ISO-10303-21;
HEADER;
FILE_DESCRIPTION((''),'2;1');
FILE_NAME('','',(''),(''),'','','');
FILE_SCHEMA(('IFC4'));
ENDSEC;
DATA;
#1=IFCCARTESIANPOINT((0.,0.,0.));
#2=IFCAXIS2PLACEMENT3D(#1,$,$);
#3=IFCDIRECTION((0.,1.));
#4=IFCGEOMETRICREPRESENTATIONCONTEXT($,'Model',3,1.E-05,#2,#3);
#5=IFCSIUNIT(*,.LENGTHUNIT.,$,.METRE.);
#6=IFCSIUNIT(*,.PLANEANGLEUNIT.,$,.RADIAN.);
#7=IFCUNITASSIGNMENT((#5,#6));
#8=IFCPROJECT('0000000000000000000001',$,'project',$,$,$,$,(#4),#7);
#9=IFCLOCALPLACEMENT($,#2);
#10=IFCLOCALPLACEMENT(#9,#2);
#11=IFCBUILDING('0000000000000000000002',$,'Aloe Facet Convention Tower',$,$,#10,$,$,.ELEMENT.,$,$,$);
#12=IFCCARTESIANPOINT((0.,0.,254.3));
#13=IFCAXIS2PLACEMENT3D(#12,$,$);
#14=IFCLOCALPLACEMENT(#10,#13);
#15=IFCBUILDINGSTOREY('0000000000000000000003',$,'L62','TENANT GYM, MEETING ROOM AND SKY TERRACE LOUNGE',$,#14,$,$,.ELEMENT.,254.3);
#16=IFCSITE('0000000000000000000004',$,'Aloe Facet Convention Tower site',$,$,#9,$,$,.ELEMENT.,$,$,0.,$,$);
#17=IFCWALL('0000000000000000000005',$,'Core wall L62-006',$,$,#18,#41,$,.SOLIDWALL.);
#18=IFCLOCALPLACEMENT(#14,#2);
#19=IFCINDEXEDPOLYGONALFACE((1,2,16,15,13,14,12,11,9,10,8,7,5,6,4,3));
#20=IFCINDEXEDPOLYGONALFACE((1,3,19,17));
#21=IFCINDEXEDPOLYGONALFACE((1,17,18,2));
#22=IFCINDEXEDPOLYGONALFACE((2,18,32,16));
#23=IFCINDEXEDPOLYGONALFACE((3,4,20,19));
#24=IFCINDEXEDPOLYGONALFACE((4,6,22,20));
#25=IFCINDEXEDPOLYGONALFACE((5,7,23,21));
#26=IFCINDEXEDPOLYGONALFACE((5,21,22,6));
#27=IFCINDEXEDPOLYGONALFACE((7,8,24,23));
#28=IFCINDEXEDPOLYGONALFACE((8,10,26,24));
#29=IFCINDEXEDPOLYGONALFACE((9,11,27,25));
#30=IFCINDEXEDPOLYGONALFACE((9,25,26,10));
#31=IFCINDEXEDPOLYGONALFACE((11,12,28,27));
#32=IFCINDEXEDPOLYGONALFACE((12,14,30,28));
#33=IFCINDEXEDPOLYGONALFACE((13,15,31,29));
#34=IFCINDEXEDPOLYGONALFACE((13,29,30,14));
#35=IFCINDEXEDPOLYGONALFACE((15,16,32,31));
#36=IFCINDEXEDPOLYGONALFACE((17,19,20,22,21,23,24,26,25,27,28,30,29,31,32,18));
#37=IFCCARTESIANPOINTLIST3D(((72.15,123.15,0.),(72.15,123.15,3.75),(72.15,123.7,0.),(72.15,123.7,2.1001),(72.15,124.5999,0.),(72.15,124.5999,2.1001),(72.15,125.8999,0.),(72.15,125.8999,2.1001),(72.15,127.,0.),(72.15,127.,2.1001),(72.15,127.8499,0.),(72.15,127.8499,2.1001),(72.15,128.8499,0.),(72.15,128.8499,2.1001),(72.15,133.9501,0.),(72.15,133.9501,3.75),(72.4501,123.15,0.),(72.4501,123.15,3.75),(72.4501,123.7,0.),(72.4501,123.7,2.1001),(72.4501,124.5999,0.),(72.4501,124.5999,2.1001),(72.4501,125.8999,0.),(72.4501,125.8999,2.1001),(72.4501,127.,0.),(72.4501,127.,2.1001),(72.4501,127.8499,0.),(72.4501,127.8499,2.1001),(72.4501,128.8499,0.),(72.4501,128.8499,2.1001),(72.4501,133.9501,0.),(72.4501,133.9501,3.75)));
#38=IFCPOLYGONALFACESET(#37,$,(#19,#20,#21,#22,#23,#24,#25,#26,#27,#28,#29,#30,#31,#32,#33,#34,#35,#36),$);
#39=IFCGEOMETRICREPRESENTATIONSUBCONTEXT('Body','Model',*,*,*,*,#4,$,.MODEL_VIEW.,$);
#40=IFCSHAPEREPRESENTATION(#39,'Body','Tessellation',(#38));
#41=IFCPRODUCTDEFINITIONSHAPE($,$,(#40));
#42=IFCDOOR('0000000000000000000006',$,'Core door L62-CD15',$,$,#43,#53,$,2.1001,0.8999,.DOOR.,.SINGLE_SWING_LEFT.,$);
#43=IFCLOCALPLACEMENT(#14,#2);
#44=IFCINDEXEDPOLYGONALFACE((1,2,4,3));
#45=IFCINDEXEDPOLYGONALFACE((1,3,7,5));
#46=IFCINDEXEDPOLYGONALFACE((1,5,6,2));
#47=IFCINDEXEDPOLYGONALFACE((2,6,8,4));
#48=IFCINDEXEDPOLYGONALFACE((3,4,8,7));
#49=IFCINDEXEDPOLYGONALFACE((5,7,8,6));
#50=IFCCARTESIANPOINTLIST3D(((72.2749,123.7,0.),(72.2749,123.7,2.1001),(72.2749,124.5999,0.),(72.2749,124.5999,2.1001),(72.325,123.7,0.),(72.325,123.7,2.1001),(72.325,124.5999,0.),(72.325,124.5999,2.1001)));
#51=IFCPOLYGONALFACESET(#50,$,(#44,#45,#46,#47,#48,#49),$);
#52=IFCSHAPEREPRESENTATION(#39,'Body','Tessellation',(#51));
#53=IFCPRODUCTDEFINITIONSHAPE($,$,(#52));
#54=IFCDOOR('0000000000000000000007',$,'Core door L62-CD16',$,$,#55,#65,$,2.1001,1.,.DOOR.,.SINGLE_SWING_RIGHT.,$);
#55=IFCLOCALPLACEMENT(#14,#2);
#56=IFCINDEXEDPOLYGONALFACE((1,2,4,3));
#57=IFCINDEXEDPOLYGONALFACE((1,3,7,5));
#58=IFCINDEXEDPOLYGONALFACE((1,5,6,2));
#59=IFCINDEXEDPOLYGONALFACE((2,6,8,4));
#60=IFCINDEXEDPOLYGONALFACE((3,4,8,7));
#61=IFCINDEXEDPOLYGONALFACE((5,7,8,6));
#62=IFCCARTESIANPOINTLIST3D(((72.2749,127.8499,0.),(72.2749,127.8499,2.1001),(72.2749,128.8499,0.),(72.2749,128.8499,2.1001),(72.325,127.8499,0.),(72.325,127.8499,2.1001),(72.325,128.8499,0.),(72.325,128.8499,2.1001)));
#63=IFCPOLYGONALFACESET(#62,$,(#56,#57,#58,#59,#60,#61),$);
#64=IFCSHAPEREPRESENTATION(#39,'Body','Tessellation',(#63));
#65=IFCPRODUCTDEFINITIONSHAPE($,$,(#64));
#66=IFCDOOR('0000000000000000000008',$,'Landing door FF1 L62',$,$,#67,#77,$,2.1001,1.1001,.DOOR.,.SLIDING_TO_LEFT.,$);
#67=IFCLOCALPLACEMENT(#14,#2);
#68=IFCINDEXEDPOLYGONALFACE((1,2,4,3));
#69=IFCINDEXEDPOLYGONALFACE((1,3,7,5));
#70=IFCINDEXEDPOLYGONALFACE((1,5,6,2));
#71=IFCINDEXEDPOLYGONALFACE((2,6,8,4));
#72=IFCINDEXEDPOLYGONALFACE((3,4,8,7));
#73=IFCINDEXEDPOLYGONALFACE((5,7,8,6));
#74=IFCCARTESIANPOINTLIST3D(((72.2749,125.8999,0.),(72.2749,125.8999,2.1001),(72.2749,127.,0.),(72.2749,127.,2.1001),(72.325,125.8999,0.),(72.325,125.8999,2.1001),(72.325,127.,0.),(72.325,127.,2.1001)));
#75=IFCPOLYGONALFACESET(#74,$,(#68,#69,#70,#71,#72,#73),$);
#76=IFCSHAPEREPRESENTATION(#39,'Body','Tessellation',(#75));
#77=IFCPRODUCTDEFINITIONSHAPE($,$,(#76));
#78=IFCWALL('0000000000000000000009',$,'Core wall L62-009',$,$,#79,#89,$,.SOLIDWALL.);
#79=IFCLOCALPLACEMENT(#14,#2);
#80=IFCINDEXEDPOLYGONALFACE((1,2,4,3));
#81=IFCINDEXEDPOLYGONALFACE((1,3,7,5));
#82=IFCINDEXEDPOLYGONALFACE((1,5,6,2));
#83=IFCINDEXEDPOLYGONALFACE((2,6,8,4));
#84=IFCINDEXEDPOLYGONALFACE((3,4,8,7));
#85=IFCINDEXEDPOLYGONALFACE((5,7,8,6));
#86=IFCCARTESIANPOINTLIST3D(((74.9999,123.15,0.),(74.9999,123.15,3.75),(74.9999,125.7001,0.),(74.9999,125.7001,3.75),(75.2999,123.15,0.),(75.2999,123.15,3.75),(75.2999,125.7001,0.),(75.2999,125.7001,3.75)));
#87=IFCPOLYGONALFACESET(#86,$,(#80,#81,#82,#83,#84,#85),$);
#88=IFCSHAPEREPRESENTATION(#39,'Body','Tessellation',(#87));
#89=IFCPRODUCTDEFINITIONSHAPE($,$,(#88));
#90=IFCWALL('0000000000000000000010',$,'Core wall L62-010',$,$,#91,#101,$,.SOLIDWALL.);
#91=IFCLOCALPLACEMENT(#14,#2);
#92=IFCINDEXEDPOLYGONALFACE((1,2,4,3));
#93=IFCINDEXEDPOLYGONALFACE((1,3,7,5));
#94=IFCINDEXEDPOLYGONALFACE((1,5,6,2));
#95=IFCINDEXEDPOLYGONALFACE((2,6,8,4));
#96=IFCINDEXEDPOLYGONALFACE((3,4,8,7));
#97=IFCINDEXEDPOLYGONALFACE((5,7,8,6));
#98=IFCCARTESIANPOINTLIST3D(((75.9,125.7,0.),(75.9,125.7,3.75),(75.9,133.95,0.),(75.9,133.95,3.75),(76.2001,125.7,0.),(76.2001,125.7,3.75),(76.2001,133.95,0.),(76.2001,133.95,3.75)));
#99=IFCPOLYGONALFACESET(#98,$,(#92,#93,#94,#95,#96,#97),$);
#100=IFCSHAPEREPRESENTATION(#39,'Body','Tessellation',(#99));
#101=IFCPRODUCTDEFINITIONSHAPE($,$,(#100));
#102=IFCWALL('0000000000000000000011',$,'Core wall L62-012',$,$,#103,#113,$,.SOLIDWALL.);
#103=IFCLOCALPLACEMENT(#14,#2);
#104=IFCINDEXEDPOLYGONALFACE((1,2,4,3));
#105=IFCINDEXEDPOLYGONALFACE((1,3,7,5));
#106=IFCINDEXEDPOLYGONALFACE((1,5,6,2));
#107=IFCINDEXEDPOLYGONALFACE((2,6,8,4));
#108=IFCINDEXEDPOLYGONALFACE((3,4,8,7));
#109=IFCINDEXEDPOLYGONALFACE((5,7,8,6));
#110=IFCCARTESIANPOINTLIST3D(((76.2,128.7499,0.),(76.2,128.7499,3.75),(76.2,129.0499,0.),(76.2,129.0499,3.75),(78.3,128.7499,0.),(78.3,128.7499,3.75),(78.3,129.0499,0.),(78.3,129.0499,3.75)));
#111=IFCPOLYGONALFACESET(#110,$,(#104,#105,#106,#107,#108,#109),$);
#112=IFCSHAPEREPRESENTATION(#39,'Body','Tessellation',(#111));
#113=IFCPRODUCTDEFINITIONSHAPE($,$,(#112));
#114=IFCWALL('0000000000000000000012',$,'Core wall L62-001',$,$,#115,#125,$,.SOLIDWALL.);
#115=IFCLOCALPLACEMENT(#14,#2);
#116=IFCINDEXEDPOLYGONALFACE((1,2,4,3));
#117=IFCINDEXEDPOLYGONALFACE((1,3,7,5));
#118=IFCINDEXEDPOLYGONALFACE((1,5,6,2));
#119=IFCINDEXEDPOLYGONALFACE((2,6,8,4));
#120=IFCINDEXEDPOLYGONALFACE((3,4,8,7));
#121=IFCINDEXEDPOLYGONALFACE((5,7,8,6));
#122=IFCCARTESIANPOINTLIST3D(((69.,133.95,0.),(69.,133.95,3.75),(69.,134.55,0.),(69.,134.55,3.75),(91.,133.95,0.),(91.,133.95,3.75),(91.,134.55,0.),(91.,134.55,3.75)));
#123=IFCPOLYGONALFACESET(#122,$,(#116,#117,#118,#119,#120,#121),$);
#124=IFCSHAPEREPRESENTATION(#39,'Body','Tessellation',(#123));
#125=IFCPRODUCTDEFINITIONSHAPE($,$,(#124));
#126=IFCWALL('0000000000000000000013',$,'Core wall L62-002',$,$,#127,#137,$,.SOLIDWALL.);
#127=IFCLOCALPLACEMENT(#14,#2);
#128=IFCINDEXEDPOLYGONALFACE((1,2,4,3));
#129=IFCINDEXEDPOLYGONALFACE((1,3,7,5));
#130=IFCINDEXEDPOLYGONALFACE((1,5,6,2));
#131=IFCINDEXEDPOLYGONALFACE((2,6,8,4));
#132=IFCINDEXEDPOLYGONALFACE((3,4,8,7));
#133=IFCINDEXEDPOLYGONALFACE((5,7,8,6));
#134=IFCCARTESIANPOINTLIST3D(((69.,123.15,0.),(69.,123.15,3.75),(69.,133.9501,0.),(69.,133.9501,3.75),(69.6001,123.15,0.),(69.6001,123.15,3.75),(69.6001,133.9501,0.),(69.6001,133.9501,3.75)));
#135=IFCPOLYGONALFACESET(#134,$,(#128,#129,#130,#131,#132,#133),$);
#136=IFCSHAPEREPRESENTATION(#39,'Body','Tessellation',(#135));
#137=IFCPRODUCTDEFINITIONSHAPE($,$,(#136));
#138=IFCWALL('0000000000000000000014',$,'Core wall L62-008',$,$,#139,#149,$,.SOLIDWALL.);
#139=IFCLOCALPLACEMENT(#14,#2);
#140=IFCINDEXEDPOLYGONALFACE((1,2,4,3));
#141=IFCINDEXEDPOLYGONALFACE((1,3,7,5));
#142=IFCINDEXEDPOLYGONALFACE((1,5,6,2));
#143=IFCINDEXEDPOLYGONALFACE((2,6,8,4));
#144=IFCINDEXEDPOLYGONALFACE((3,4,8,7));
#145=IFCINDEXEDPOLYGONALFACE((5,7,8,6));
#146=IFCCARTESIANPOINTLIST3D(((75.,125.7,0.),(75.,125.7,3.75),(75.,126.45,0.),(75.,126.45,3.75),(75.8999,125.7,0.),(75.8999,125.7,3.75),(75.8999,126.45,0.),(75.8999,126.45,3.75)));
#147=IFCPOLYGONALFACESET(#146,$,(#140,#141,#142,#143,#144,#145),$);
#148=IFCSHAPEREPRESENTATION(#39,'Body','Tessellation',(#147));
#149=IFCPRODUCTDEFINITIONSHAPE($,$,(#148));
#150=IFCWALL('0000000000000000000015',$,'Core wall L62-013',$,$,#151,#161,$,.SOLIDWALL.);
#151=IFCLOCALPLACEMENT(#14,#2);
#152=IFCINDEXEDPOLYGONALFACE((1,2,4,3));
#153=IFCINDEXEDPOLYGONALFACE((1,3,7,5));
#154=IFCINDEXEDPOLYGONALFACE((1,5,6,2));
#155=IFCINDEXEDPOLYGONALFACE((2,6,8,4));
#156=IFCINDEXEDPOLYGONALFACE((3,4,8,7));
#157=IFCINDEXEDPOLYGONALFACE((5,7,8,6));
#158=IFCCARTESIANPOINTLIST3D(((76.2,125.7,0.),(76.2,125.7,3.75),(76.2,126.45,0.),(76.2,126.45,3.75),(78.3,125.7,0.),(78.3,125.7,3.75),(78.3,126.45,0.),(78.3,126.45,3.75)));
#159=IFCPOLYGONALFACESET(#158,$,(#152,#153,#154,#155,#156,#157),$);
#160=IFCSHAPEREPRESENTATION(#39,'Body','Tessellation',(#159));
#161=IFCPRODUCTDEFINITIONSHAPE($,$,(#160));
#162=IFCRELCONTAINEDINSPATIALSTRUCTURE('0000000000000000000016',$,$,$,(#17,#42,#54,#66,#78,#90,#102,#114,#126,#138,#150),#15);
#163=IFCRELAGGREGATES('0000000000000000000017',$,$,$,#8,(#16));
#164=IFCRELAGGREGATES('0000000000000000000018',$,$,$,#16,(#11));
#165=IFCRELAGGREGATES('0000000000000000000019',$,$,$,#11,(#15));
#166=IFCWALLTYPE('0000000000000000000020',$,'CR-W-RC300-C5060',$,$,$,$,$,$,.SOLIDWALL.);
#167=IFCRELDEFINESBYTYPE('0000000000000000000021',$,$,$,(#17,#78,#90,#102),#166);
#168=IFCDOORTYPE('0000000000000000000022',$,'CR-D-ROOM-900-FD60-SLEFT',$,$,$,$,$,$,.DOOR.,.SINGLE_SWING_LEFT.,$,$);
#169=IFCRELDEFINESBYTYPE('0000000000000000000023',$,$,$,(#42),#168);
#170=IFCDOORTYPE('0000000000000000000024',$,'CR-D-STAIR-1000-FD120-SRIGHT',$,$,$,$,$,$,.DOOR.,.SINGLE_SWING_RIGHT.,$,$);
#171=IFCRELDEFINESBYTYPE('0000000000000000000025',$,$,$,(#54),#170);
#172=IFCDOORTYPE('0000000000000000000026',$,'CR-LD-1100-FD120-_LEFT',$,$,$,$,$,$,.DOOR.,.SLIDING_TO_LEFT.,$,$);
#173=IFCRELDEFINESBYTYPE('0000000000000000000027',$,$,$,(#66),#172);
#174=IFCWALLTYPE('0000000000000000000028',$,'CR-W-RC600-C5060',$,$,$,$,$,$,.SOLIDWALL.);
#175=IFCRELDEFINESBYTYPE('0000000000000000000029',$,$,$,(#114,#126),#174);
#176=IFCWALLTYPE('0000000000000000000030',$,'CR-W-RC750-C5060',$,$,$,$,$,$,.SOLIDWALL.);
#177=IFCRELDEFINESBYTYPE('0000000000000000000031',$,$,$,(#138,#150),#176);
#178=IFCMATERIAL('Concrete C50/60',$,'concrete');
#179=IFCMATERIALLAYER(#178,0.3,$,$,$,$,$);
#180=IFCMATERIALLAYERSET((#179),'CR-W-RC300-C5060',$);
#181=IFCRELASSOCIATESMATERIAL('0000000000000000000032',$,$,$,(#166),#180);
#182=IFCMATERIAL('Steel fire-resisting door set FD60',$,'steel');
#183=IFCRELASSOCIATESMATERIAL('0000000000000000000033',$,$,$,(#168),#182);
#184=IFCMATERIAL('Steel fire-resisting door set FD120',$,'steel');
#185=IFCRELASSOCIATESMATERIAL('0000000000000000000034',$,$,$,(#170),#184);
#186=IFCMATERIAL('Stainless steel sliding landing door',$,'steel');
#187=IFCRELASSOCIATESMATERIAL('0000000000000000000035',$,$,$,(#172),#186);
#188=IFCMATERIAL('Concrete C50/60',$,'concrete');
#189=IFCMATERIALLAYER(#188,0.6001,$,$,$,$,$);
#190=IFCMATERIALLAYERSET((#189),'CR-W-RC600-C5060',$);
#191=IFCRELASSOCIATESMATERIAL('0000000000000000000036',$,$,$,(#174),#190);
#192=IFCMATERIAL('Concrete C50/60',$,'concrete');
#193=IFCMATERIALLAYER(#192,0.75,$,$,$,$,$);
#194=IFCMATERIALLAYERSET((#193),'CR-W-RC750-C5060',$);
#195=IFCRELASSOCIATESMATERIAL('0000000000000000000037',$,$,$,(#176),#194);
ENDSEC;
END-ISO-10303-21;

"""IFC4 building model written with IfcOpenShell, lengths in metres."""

from ifc_helpers import new_model, si_unit, direction, frame, frame_2d, origin, place, context, subcontext, project, spatial, rectangle, extrude, material, layer, layer_set, type_object, element, fill, save


model = new_model("IFC4")

# Units and contexts
model_context = context("Model", 3, precision=1e-05, world=origin(), true_north=direction((0.0, 1.0)))
body_context = subcontext(model_context, "Body", "Model", "MODEL_VIEW")
ifc_project = project(units=[si_unit("LENGTHUNIT", "METRE"), si_unit("PLANEANGLEUNIT", "RADIAN")], contexts=[model_context])

# Site, building, storey
site_placement = place(None, origin())
site = spatial("IfcSite", under=ifc_project, at=site_placement, Name="Aloe Facet Convention Tower site", CompositionType="ELEMENT", RefElevation=0.0)
building_placement = place(site_placement, origin())
building = spatial("IfcBuilding", under=site, at=building_placement, Name="Aloe Facet Convention Tower", CompositionType="ELEMENT")
storey_placement = place(building_placement, frame((0.0, 0.0, 254.3)))
storey = spatial("IfcBuildingStorey", under=building, at=storey_placement, Name="L62", Description="TENANT GYM, MEETING ROOM AND SKY TERRACE LOUNGE", CompositionType="ELEMENT", Elevation=254.3)

# Shared definitions
ifc_material_1 = material(Name="Concrete C50/60", Category="concrete")
ifc_layer_1 = layer(ifc_material_1, 0.3)
ifc_layer_set_1 = layer_set([ifc_layer_1], Name="CR-W-RC300-C5060")
wall_type_1 = type_object("IfcWallType", Name="CR-W-RC300-C5060", PredefinedType="SOLIDWALL", material=ifc_layer_set_1)

# Wall, openings, doors
wall_1_placement = place(storey_placement, frame((72.3, 133.95, 0.0), z_axis=(0.0, 0.0, 1.0), x_axis=(0.0, -1.0, 0.0)))
wall_1 = element("IfcWall", 1, at=wall_1_placement, inside=storey, type_object=wall_type_1, Name="Core wall L62-006", PredefinedType="SOLIDWALL", context=body_context, shape_type="SweptSolid", body=[
    extrude(rectangle(XDim=10.8, YDim=0.3, at=frame_2d((5.3999, 0.0))), origin(), (0.0, 0.0, 1.0), 3.75),
])
opening_1_placement = place(wall_1_placement, frame((6.95, 0.0, 0.0)))
opening_1 = element("IfcOpeningElement", 2, at=opening_1_placement, cuts=wall_1, PredefinedType="OPENING", context=body_context, shape_type="SweptSolid", body=[
    extrude(rectangle(XDim=1.1001, YDim=2.1001, at=frame_2d((0.55, 1.05))), frame((0.0, 0.1602, 0.0), z_axis=(0.0, -1.0, 0.0), x_axis=(1.0, 0.0, 0.0)), (0.0, 0.0, 1.0), 0.3201),
])
opening_2_placement = place(wall_1_placement, frame((9.3501, 0.0, 0.0)))
opening_2 = element("IfcOpeningElement", 3, at=opening_2_placement, cuts=wall_1, PredefinedType="OPENING", context=body_context, shape_type="SweptSolid", body=[
    extrude(rectangle(XDim=0.8999, YDim=2.1001, at=frame_2d((0.45, 1.05))), frame((0.0, 0.1602, 0.0), z_axis=(0.0, -1.0, 0.0), x_axis=(1.0, 0.0, 0.0)), (0.0, 0.0, 1.0), 0.3201),
])
opening_3_placement = place(wall_1_placement, frame((5.1001, 0.0, 0.0)))
opening_3 = element("IfcOpeningElement", 4, at=opening_3_placement, cuts=wall_1, PredefinedType="OPENING", context=body_context, shape_type="SweptSolid", body=[
    extrude(rectangle(XDim=1.0, YDim=2.1001, at=frame_2d((0.5, 1.05))), frame((0.0, 0.1602, 0.0), z_axis=(0.0, -1.0, 0.0), x_axis=(1.0, 0.0, 0.0)), (0.0, 0.0, 1.0), 0.3201),
])
ifc_material_2 = material(Name="Steel fire-resisting door set FD60", Category="steel")
door_type_1 = type_object("IfcDoorType", Name="CR-D-ROOM-900-FD60-SLEFT", OperationType="SINGLE_SWING_LEFT", PredefinedType="DOOR", material=ifc_material_2)
door_1_placement = place(opening_2_placement, origin())
door_1 = element("IfcDoor", 5, at=door_1_placement, inside=storey, type_object=door_type_1, Name="Core door L62-CD15", OperationType="SINGLE_SWING_LEFT", OverallHeight=2.1001, OverallWidth=0.8999, PredefinedType="DOOR", context=body_context, shape_type="SweptSolid", body=[
    extrude(rectangle(XDim=0.8999, YDim=2.1001, at=frame_2d((0.45, 1.05))), frame((0.0, 0.0249, 0.0), z_axis=(0.0, -1.0, 0.0), x_axis=(1.0, 0.0, 0.0)), (0.0, 0.0, 1.0), 0.05),
])
fill(opening_2, door_1)
ifc_material_3 = material(Name="Steel fire-resisting door set FD120", Category="steel")
door_type_2 = type_object("IfcDoorType", Name="CR-D-STAIR-1000-FD120-SRIGHT", OperationType="SINGLE_SWING_RIGHT", PredefinedType="DOOR", material=ifc_material_3)
door_2_placement = place(opening_3_placement, origin())
door_2 = element("IfcDoor", 6, at=door_2_placement, inside=storey, type_object=door_type_2, Name="Core door L62-CD16", OperationType="SINGLE_SWING_RIGHT", OverallHeight=2.1001, OverallWidth=1.0, PredefinedType="DOOR", context=body_context, shape_type="SweptSolid", body=[
    extrude(rectangle(XDim=1.0, YDim=2.1001, at=frame_2d((0.5, 1.05))), frame((0.0, 0.0249, 0.0), z_axis=(0.0, -1.0, 0.0), x_axis=(1.0, 0.0, 0.0)), (0.0, 0.0, 1.0), 0.05),
])
fill(opening_3, door_2)
ifc_material_4 = material(Name="Stainless steel sliding landing door", Category="steel")
door_type_3 = type_object("IfcDoorType", Name="CR-LD-1100-FD120-_LEFT", OperationType="SLIDING_TO_LEFT", PredefinedType="DOOR", material=ifc_material_4)
door_3_placement = place(opening_1_placement, origin())
door_3 = element("IfcDoor", 7, at=door_3_placement, inside=storey, type_object=door_type_3, Name="Landing door FF1 L62", OperationType="SLIDING_TO_LEFT", OverallHeight=2.1001, OverallWidth=1.1001, PredefinedType="DOOR", context=body_context, shape_type="SweptSolid", body=[
    extrude(rectangle(XDim=1.1001, YDim=2.1001, at=frame_2d((0.55, 1.05))), frame((0.0, 0.0249, 0.0), z_axis=(0.0, -1.0, 0.0), x_axis=(1.0, 0.0, 0.0)), (0.0, 0.0, 1.0), 0.05),
])
fill(opening_1, door_3)

# Walls
wall_2_placement = place(storey_placement, frame((75.1499, 125.7, 0.0), z_axis=(0.0, 0.0, 1.0), x_axis=(0.0, -1.0, 0.0)))
element("IfcWall", 8, at=wall_2_placement, inside=storey, type_object=wall_type_1, Name="Core wall L62-009", PredefinedType="SOLIDWALL", context=body_context, shape_type="SweptSolid", body=[
    extrude(rectangle(XDim=2.55, YDim=0.3, at=frame_2d((1.2749, 0.0))), origin(), (0.0, 0.0, 1.0), 3.75),
])
wall_3_placement = place(storey_placement, frame((76.05, 133.95, 0.0), z_axis=(0.0, 0.0, 1.0), x_axis=(0.0, -1.0, 0.0)))
element("IfcWall", 9, at=wall_3_placement, inside=storey, type_object=wall_type_1, Name="Core wall L62-010", PredefinedType="SOLIDWALL", context=body_context, shape_type="SweptSolid", body=[
    extrude(rectangle(XDim=8.25, YDim=0.3, at=frame_2d((4.125, 0.0))), origin(), (0.0, 0.0, 1.0), 3.75),
])
wall_4_placement = place(storey_placement, frame((76.2, 128.8999, 0.0), z_axis=(0.0, 0.0, 1.0), x_axis=(1.0, 0.0, 0.0)))
element("IfcWall", 10, at=wall_4_placement, inside=storey, type_object=wall_type_1, Name="Core wall L62-012", PredefinedType="SOLIDWALL", context=body_context, shape_type="SweptSolid", body=[
    extrude(rectangle(XDim=2.1001, YDim=0.3, at=frame_2d((1.05, 0.0))), origin(), (0.0, 0.0, 1.0), 3.75),
])
ifc_material_5 = material(Name="Concrete C50/60", Category="concrete")
ifc_layer_2 = layer(ifc_material_5, 0.6001)
ifc_layer_set_2 = layer_set([ifc_layer_2], Name="CR-W-RC600-C5060")
wall_type_2 = type_object("IfcWallType", Name="CR-W-RC600-C5060", PredefinedType="SOLIDWALL", material=ifc_layer_set_2)
wall_5_placement = place(storey_placement, frame((69.0, 134.25, 0.0), z_axis=(0.0, 0.0, 1.0), x_axis=(1.0, 0.0, 0.0)))
element("IfcWall", 11, at=wall_5_placement, inside=storey, type_object=wall_type_2, Name="Core wall L62-001", PredefinedType="SOLIDWALL", context=body_context, shape_type="SweptSolid", body=[
    extrude(rectangle(XDim=22.0, YDim=0.6001, at=frame_2d((11.0, 0.0))), origin(), (0.0, 0.0, 1.0), 3.75),
])
wall_6_placement = place(storey_placement, frame((69.3, 133.95, 0.0), z_axis=(0.0, 0.0, 1.0), x_axis=(0.0, -1.0, 0.0)))
element("IfcWall", 12, at=wall_6_placement, inside=storey, type_object=wall_type_2, Name="Core wall L62-002", PredefinedType="SOLIDWALL", context=body_context, shape_type="SweptSolid", body=[
    extrude(rectangle(XDim=10.8, YDim=0.6001, at=frame_2d((5.3999, 0.0))), origin(), (0.0, 0.0, 1.0), 3.75),
])
ifc_material_6 = material(Name="Concrete C50/60", Category="concrete")
ifc_layer_3 = layer(ifc_material_6, 0.75)
ifc_layer_set_3 = layer_set([ifc_layer_3], Name="CR-W-RC750-C5060")
wall_type_3 = type_object("IfcWallType", Name="CR-W-RC750-C5060", PredefinedType="SOLIDWALL", material=ifc_layer_set_3)
wall_7_placement = place(storey_placement, frame((75.0, 126.075, 0.0), z_axis=(0.0, 0.0, 1.0), x_axis=(1.0, 0.0, 0.0)))
element("IfcWall", 13, at=wall_7_placement, inside=storey, type_object=wall_type_3, Name="Core wall L62-008", PredefinedType="SOLIDWALL", context=body_context, shape_type="SweptSolid", body=[
    extrude(rectangle(XDim=0.8999, YDim=0.75, at=frame_2d((0.45, 0.0))), origin(), (0.0, 0.0, 1.0), 3.75),
])
wall_8_placement = place(storey_placement, frame((76.2, 126.075, 0.0), z_axis=(0.0, 0.0, 1.0), x_axis=(1.0, 0.0, 0.0)))
element("IfcWall", 14, at=wall_8_placement, inside=storey, type_object=wall_type_3, Name="Core wall L62-013", PredefinedType="SOLIDWALL", context=body_context, shape_type="SweptSolid", body=[
    extrude(rectangle(XDim=2.1001, YDim=0.75, at=frame_2d((1.05, 0.0))), origin(), (0.0, 0.0, 1.0), 3.75),
])

save(model, "model.ifc")
